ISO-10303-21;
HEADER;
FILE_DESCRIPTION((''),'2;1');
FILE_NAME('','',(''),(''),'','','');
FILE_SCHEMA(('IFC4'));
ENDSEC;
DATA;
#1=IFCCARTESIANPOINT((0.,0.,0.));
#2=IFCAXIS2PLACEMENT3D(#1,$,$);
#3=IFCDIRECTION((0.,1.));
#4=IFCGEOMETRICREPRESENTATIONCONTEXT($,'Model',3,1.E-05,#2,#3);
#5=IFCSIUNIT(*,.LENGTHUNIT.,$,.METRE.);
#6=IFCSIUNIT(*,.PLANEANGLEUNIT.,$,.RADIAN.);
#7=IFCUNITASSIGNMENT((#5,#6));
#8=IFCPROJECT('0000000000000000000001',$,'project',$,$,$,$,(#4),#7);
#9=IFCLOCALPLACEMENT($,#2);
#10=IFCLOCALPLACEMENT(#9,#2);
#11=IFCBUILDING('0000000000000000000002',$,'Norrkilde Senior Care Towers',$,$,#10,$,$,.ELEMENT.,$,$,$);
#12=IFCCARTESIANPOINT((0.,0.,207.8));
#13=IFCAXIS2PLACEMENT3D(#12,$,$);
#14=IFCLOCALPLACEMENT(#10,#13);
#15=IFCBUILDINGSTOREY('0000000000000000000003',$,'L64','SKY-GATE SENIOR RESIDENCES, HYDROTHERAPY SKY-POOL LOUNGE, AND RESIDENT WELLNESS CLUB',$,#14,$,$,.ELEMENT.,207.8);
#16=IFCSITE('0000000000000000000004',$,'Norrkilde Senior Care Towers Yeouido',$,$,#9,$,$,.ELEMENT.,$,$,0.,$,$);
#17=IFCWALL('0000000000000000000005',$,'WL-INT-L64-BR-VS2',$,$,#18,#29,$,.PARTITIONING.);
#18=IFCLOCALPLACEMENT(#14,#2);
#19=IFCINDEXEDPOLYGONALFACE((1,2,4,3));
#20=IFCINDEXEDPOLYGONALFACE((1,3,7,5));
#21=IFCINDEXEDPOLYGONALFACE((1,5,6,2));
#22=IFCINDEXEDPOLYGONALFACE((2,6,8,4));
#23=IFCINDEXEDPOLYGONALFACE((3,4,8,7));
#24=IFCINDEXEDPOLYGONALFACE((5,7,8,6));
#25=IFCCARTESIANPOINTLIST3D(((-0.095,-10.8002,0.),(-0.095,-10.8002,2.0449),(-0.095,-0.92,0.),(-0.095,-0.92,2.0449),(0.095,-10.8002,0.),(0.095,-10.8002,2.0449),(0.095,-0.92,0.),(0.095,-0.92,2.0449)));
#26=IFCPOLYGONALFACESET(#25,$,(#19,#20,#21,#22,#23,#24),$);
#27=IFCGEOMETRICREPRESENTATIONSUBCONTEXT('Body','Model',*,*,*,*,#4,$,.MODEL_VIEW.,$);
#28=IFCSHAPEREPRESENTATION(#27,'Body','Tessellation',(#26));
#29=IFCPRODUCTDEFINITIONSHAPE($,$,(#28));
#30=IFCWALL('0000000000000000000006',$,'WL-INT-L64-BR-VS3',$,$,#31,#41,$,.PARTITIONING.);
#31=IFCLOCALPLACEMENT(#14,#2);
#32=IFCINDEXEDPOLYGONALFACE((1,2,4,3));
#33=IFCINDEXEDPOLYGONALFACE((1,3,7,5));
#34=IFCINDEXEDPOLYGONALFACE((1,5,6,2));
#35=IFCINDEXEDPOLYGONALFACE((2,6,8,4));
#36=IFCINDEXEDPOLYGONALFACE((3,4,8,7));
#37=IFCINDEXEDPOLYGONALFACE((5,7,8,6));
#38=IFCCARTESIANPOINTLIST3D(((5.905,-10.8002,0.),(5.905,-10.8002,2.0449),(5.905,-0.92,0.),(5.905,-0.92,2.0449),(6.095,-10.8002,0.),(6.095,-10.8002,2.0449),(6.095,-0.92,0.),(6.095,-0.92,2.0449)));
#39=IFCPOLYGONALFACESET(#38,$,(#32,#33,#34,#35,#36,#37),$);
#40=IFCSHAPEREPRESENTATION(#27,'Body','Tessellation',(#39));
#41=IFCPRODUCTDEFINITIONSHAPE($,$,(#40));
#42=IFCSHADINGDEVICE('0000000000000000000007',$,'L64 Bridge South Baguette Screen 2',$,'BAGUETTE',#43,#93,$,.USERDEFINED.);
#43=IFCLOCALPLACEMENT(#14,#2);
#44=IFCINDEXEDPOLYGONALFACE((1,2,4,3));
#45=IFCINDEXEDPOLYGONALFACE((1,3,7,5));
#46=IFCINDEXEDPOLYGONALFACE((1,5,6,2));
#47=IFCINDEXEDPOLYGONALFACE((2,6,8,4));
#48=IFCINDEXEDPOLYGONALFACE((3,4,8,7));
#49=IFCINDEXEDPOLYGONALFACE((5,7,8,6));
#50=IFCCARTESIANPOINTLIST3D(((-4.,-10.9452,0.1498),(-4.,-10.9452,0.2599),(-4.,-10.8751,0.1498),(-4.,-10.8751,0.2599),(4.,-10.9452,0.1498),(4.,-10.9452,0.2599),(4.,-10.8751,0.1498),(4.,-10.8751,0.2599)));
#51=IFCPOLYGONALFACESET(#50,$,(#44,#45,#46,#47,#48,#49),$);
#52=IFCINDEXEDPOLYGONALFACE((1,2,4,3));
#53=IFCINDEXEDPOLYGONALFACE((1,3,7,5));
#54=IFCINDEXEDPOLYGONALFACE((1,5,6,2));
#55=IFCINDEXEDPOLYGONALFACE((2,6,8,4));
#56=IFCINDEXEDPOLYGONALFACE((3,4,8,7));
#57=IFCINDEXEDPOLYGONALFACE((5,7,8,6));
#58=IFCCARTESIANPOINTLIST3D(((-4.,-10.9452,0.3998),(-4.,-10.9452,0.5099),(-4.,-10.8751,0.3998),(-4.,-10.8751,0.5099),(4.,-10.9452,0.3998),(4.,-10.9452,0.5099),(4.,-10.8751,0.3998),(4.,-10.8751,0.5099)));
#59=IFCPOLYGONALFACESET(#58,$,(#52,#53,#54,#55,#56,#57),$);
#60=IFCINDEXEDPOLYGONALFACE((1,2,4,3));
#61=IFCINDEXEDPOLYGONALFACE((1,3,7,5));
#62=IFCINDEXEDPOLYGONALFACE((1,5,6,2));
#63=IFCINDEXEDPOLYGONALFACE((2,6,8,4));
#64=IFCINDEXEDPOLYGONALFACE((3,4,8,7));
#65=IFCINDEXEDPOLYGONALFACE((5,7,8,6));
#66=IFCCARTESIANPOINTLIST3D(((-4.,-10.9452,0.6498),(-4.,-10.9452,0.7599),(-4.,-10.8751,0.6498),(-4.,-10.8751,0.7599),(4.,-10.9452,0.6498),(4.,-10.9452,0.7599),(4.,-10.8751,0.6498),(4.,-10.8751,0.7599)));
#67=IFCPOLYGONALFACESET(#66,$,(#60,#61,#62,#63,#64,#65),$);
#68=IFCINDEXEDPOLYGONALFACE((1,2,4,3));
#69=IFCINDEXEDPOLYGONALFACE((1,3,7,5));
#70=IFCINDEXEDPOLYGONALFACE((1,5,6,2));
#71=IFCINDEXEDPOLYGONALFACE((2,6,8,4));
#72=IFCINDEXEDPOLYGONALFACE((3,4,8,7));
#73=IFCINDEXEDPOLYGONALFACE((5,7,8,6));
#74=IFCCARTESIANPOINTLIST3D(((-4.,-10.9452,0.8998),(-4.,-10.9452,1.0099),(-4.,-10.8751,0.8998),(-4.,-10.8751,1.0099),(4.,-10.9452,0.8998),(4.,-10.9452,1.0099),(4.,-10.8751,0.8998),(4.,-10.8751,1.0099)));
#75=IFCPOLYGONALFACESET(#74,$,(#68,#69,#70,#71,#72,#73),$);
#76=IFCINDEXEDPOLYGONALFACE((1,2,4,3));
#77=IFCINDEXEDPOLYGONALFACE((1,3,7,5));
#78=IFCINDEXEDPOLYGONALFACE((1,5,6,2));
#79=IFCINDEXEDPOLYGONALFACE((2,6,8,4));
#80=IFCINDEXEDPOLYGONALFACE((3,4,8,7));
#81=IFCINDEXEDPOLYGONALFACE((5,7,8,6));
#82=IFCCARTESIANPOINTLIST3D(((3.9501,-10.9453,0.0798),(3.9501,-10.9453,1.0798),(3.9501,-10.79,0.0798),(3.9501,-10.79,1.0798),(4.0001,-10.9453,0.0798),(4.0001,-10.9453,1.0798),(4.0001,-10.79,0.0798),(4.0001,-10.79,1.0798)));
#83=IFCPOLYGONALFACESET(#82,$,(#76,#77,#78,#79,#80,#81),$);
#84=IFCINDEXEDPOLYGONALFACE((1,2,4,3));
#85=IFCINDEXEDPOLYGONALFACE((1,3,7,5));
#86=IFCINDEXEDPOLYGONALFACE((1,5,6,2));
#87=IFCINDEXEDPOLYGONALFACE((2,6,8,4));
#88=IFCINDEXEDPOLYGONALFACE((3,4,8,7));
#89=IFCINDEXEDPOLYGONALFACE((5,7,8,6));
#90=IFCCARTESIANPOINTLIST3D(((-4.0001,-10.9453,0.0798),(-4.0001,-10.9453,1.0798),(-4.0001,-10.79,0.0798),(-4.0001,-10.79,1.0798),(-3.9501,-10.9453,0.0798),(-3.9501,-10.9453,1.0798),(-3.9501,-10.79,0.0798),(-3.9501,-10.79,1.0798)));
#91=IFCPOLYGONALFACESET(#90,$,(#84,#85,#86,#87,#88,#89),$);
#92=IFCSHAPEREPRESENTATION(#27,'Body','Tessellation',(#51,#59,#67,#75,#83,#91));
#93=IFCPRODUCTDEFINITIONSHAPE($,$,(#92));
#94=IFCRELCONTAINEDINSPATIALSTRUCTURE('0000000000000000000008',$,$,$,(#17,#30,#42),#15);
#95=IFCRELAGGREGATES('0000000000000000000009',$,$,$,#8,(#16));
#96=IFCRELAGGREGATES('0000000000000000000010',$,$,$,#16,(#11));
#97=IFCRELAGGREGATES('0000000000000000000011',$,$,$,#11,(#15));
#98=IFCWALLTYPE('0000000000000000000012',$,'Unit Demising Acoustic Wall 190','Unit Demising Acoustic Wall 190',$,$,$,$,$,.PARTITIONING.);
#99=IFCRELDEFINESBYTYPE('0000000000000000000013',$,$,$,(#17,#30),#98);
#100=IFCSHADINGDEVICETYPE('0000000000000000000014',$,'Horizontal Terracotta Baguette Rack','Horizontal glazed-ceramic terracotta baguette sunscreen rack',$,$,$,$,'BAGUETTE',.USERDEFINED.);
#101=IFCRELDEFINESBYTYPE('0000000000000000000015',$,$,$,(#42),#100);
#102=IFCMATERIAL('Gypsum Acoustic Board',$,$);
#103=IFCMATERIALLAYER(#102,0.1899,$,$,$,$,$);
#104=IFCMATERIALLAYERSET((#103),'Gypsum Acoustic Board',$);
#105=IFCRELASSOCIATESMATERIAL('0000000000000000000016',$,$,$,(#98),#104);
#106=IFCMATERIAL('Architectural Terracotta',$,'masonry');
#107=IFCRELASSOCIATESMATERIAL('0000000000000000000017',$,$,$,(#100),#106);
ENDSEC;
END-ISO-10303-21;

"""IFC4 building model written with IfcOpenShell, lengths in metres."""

from ifc_helpers import new_model, si_unit, direction, frame, frame_2d, origin, origin_2d, place, context, subcontext, project, spatial, rectangle, extrude, source, transform, mapped, material, layer, layer_set, type_object, type_shapes, element, save


model = new_model("IFC4")

# Units and contexts
model_context = context("Model", 3, precision=1e-05, world=origin(), true_north=direction((0.0, 1.0)))
body_context = subcontext(model_context, "Body", "Model", "MODEL_VIEW")
ifc_project = project(units=[si_unit("LENGTHUNIT", "METRE"), si_unit("PLANEANGLEUNIT", "RADIAN")], contexts=[model_context])

# Site, building, storey
site_placement = place(None, origin())
site = spatial("IfcSite", under=ifc_project, at=site_placement, Name="Norrkilde Senior Care Towers Yeouido", CompositionType="ELEMENT", RefElevation=0.0)
building_placement = place(site_placement, origin())
building = spatial("IfcBuilding", under=site, at=building_placement, Name="Norrkilde Senior Care Towers", CompositionType="ELEMENT")
storey_placement = place(building_placement, frame((0.0, 0.0, 207.8)))
storey = spatial("IfcBuildingStorey", under=building, at=storey_placement, Name="L64", Description="SKY-GATE SENIOR RESIDENCES, HYDROTHERAPY SKY-POOL LOUNGE, AND RESIDENT WELLNESS CLUB", CompositionType="ELEMENT", Elevation=207.8)

# Walls
ifc_material_1 = material(Name="Gypsum Acoustic Board")
ifc_layer_1 = layer(ifc_material_1, 0.1899)
ifc_layer_set_1 = layer_set([ifc_layer_1], Name="Gypsum Acoustic Board")
wall_type = type_object("IfcWallType", Name="Unit Demising Acoustic Wall 190", Description="Unit Demising Acoustic Wall 190", PredefinedType="PARTITIONING", material=ifc_layer_set_1)
shared_shape_1 = source(origin(), body_context, "Body", "SweptSolid", [
    extrude(rectangle(XDim=9.8801, YDim=0.1899, at=frame_2d((4.9399, 0.0))), origin(), (0.0, 0.0, 1.0), 2.0449),
])
for number, where, z_axis, x_axis, name in (
    (1, (0.0, -10.8, 0.0), (0.0, 0.0, 1.0), (0.0, 1.0, 0.0), "WL-INT-L64-BR-VS2"),
    (2, (6.0, -10.8, 0.0), (0.0, 0.0, 1.0), (0.0, 1.0, 0.0), "WL-INT-L64-BR-VS3"),
):
    element("IfcWall", number, at=place(storey_placement, frame(where, z_axis=z_axis, x_axis=x_axis)), inside=storey, type_object=wall_type, Name=name, PredefinedType="PARTITIONING", context=body_context, shape_type="MappedRepresentation", body=[
        mapped(shared_shape_1, transform((0.0, 0.0, 0.0), x_axis=(1.0, 0.0, 0.0), y_axis=(0.0, 1.0, 0.0), z_axis=(0.0, 0.0, 1.0), scale=1.0)),
    ])

# Shading device
ifc_material_2 = material(Name="Architectural Terracotta", Category="masonry")
shading_device_type = type_object("IfcShadingDeviceType", Name="Horizontal Terracotta Baguette Rack", Description="Horizontal glazed-ceramic terracotta baguette sunscreen rack", ElementType="BAGUETTE", PredefinedType="USERDEFINED", material=ifc_material_2)
shared_shape_2 = source(origin(), body_context, "Body", "SweptSolid", [
    extrude(rectangle(XDim=0.0701, YDim=0.1101, at=origin_2d()), frame((0.0, 0.0901, 0.125), z_axis=(1.0, 0.0, 0.0), x_axis=(0.0, 1.0, 0.0)), (0.0, 0.0, 1.0), 8.0),
    extrude(rectangle(XDim=0.0701, YDim=0.1101, at=origin_2d()), frame((0.0, 0.0901, 0.375), z_axis=(1.0, 0.0, 0.0), x_axis=(0.0, 1.0, 0.0)), (0.0, 0.0, 1.0), 8.0),
    extrude(rectangle(XDim=0.0701, YDim=0.1101, at=origin_2d()), frame((0.0, 0.0901, 0.625), z_axis=(1.0, 0.0, 0.0), x_axis=(0.0, 1.0, 0.0)), (0.0, 0.0, 1.0), 8.0),
    extrude(rectangle(XDim=0.0701, YDim=0.1101, at=origin_2d()), frame((0.0, 0.0901, 0.875), z_axis=(1.0, 0.0, 0.0), x_axis=(0.0, 1.0, 0.0)), (0.0, 0.0, 1.0), 8.0),
    extrude(rectangle(XDim=0.05, YDim=0.1553, at=origin_2d()), frame((0.0249, 0.0476, 0.0)), (0.0, 0.0, 1.0), 1.0),
    extrude(rectangle(XDim=0.05, YDim=0.1553, at=origin_2d()), frame((7.9751, 0.0476, 0.0)), (0.0, 0.0, 1.0), 1.0),
])
type_shapes(shading_device_type, [shared_shape_2])
shading_device_placement = place(storey_placement, frame((4.0, -10.8201, 0.0798), z_axis=(0.0, 0.0, 1.0), x_axis=(-1.0, 0.0, 0.0)))
element("IfcShadingDevice", 3, at=shading_device_placement, inside=storey, type_object=shading_device_type, Name="L64 Bridge South Baguette Screen 2", ObjectType="BAGUETTE", PredefinedType="USERDEFINED", context=body_context, shape_type="MappedRepresentation", body=[
    mapped(shared_shape_2, transform((0.0, 0.0, 0.0), x_axis=(1.0, 0.0, 0.0), y_axis=(0.0, 1.0, 0.0), z_axis=(0.0, 0.0, 1.0), scale=1.0)),
])

save(model, "model.ifc")
